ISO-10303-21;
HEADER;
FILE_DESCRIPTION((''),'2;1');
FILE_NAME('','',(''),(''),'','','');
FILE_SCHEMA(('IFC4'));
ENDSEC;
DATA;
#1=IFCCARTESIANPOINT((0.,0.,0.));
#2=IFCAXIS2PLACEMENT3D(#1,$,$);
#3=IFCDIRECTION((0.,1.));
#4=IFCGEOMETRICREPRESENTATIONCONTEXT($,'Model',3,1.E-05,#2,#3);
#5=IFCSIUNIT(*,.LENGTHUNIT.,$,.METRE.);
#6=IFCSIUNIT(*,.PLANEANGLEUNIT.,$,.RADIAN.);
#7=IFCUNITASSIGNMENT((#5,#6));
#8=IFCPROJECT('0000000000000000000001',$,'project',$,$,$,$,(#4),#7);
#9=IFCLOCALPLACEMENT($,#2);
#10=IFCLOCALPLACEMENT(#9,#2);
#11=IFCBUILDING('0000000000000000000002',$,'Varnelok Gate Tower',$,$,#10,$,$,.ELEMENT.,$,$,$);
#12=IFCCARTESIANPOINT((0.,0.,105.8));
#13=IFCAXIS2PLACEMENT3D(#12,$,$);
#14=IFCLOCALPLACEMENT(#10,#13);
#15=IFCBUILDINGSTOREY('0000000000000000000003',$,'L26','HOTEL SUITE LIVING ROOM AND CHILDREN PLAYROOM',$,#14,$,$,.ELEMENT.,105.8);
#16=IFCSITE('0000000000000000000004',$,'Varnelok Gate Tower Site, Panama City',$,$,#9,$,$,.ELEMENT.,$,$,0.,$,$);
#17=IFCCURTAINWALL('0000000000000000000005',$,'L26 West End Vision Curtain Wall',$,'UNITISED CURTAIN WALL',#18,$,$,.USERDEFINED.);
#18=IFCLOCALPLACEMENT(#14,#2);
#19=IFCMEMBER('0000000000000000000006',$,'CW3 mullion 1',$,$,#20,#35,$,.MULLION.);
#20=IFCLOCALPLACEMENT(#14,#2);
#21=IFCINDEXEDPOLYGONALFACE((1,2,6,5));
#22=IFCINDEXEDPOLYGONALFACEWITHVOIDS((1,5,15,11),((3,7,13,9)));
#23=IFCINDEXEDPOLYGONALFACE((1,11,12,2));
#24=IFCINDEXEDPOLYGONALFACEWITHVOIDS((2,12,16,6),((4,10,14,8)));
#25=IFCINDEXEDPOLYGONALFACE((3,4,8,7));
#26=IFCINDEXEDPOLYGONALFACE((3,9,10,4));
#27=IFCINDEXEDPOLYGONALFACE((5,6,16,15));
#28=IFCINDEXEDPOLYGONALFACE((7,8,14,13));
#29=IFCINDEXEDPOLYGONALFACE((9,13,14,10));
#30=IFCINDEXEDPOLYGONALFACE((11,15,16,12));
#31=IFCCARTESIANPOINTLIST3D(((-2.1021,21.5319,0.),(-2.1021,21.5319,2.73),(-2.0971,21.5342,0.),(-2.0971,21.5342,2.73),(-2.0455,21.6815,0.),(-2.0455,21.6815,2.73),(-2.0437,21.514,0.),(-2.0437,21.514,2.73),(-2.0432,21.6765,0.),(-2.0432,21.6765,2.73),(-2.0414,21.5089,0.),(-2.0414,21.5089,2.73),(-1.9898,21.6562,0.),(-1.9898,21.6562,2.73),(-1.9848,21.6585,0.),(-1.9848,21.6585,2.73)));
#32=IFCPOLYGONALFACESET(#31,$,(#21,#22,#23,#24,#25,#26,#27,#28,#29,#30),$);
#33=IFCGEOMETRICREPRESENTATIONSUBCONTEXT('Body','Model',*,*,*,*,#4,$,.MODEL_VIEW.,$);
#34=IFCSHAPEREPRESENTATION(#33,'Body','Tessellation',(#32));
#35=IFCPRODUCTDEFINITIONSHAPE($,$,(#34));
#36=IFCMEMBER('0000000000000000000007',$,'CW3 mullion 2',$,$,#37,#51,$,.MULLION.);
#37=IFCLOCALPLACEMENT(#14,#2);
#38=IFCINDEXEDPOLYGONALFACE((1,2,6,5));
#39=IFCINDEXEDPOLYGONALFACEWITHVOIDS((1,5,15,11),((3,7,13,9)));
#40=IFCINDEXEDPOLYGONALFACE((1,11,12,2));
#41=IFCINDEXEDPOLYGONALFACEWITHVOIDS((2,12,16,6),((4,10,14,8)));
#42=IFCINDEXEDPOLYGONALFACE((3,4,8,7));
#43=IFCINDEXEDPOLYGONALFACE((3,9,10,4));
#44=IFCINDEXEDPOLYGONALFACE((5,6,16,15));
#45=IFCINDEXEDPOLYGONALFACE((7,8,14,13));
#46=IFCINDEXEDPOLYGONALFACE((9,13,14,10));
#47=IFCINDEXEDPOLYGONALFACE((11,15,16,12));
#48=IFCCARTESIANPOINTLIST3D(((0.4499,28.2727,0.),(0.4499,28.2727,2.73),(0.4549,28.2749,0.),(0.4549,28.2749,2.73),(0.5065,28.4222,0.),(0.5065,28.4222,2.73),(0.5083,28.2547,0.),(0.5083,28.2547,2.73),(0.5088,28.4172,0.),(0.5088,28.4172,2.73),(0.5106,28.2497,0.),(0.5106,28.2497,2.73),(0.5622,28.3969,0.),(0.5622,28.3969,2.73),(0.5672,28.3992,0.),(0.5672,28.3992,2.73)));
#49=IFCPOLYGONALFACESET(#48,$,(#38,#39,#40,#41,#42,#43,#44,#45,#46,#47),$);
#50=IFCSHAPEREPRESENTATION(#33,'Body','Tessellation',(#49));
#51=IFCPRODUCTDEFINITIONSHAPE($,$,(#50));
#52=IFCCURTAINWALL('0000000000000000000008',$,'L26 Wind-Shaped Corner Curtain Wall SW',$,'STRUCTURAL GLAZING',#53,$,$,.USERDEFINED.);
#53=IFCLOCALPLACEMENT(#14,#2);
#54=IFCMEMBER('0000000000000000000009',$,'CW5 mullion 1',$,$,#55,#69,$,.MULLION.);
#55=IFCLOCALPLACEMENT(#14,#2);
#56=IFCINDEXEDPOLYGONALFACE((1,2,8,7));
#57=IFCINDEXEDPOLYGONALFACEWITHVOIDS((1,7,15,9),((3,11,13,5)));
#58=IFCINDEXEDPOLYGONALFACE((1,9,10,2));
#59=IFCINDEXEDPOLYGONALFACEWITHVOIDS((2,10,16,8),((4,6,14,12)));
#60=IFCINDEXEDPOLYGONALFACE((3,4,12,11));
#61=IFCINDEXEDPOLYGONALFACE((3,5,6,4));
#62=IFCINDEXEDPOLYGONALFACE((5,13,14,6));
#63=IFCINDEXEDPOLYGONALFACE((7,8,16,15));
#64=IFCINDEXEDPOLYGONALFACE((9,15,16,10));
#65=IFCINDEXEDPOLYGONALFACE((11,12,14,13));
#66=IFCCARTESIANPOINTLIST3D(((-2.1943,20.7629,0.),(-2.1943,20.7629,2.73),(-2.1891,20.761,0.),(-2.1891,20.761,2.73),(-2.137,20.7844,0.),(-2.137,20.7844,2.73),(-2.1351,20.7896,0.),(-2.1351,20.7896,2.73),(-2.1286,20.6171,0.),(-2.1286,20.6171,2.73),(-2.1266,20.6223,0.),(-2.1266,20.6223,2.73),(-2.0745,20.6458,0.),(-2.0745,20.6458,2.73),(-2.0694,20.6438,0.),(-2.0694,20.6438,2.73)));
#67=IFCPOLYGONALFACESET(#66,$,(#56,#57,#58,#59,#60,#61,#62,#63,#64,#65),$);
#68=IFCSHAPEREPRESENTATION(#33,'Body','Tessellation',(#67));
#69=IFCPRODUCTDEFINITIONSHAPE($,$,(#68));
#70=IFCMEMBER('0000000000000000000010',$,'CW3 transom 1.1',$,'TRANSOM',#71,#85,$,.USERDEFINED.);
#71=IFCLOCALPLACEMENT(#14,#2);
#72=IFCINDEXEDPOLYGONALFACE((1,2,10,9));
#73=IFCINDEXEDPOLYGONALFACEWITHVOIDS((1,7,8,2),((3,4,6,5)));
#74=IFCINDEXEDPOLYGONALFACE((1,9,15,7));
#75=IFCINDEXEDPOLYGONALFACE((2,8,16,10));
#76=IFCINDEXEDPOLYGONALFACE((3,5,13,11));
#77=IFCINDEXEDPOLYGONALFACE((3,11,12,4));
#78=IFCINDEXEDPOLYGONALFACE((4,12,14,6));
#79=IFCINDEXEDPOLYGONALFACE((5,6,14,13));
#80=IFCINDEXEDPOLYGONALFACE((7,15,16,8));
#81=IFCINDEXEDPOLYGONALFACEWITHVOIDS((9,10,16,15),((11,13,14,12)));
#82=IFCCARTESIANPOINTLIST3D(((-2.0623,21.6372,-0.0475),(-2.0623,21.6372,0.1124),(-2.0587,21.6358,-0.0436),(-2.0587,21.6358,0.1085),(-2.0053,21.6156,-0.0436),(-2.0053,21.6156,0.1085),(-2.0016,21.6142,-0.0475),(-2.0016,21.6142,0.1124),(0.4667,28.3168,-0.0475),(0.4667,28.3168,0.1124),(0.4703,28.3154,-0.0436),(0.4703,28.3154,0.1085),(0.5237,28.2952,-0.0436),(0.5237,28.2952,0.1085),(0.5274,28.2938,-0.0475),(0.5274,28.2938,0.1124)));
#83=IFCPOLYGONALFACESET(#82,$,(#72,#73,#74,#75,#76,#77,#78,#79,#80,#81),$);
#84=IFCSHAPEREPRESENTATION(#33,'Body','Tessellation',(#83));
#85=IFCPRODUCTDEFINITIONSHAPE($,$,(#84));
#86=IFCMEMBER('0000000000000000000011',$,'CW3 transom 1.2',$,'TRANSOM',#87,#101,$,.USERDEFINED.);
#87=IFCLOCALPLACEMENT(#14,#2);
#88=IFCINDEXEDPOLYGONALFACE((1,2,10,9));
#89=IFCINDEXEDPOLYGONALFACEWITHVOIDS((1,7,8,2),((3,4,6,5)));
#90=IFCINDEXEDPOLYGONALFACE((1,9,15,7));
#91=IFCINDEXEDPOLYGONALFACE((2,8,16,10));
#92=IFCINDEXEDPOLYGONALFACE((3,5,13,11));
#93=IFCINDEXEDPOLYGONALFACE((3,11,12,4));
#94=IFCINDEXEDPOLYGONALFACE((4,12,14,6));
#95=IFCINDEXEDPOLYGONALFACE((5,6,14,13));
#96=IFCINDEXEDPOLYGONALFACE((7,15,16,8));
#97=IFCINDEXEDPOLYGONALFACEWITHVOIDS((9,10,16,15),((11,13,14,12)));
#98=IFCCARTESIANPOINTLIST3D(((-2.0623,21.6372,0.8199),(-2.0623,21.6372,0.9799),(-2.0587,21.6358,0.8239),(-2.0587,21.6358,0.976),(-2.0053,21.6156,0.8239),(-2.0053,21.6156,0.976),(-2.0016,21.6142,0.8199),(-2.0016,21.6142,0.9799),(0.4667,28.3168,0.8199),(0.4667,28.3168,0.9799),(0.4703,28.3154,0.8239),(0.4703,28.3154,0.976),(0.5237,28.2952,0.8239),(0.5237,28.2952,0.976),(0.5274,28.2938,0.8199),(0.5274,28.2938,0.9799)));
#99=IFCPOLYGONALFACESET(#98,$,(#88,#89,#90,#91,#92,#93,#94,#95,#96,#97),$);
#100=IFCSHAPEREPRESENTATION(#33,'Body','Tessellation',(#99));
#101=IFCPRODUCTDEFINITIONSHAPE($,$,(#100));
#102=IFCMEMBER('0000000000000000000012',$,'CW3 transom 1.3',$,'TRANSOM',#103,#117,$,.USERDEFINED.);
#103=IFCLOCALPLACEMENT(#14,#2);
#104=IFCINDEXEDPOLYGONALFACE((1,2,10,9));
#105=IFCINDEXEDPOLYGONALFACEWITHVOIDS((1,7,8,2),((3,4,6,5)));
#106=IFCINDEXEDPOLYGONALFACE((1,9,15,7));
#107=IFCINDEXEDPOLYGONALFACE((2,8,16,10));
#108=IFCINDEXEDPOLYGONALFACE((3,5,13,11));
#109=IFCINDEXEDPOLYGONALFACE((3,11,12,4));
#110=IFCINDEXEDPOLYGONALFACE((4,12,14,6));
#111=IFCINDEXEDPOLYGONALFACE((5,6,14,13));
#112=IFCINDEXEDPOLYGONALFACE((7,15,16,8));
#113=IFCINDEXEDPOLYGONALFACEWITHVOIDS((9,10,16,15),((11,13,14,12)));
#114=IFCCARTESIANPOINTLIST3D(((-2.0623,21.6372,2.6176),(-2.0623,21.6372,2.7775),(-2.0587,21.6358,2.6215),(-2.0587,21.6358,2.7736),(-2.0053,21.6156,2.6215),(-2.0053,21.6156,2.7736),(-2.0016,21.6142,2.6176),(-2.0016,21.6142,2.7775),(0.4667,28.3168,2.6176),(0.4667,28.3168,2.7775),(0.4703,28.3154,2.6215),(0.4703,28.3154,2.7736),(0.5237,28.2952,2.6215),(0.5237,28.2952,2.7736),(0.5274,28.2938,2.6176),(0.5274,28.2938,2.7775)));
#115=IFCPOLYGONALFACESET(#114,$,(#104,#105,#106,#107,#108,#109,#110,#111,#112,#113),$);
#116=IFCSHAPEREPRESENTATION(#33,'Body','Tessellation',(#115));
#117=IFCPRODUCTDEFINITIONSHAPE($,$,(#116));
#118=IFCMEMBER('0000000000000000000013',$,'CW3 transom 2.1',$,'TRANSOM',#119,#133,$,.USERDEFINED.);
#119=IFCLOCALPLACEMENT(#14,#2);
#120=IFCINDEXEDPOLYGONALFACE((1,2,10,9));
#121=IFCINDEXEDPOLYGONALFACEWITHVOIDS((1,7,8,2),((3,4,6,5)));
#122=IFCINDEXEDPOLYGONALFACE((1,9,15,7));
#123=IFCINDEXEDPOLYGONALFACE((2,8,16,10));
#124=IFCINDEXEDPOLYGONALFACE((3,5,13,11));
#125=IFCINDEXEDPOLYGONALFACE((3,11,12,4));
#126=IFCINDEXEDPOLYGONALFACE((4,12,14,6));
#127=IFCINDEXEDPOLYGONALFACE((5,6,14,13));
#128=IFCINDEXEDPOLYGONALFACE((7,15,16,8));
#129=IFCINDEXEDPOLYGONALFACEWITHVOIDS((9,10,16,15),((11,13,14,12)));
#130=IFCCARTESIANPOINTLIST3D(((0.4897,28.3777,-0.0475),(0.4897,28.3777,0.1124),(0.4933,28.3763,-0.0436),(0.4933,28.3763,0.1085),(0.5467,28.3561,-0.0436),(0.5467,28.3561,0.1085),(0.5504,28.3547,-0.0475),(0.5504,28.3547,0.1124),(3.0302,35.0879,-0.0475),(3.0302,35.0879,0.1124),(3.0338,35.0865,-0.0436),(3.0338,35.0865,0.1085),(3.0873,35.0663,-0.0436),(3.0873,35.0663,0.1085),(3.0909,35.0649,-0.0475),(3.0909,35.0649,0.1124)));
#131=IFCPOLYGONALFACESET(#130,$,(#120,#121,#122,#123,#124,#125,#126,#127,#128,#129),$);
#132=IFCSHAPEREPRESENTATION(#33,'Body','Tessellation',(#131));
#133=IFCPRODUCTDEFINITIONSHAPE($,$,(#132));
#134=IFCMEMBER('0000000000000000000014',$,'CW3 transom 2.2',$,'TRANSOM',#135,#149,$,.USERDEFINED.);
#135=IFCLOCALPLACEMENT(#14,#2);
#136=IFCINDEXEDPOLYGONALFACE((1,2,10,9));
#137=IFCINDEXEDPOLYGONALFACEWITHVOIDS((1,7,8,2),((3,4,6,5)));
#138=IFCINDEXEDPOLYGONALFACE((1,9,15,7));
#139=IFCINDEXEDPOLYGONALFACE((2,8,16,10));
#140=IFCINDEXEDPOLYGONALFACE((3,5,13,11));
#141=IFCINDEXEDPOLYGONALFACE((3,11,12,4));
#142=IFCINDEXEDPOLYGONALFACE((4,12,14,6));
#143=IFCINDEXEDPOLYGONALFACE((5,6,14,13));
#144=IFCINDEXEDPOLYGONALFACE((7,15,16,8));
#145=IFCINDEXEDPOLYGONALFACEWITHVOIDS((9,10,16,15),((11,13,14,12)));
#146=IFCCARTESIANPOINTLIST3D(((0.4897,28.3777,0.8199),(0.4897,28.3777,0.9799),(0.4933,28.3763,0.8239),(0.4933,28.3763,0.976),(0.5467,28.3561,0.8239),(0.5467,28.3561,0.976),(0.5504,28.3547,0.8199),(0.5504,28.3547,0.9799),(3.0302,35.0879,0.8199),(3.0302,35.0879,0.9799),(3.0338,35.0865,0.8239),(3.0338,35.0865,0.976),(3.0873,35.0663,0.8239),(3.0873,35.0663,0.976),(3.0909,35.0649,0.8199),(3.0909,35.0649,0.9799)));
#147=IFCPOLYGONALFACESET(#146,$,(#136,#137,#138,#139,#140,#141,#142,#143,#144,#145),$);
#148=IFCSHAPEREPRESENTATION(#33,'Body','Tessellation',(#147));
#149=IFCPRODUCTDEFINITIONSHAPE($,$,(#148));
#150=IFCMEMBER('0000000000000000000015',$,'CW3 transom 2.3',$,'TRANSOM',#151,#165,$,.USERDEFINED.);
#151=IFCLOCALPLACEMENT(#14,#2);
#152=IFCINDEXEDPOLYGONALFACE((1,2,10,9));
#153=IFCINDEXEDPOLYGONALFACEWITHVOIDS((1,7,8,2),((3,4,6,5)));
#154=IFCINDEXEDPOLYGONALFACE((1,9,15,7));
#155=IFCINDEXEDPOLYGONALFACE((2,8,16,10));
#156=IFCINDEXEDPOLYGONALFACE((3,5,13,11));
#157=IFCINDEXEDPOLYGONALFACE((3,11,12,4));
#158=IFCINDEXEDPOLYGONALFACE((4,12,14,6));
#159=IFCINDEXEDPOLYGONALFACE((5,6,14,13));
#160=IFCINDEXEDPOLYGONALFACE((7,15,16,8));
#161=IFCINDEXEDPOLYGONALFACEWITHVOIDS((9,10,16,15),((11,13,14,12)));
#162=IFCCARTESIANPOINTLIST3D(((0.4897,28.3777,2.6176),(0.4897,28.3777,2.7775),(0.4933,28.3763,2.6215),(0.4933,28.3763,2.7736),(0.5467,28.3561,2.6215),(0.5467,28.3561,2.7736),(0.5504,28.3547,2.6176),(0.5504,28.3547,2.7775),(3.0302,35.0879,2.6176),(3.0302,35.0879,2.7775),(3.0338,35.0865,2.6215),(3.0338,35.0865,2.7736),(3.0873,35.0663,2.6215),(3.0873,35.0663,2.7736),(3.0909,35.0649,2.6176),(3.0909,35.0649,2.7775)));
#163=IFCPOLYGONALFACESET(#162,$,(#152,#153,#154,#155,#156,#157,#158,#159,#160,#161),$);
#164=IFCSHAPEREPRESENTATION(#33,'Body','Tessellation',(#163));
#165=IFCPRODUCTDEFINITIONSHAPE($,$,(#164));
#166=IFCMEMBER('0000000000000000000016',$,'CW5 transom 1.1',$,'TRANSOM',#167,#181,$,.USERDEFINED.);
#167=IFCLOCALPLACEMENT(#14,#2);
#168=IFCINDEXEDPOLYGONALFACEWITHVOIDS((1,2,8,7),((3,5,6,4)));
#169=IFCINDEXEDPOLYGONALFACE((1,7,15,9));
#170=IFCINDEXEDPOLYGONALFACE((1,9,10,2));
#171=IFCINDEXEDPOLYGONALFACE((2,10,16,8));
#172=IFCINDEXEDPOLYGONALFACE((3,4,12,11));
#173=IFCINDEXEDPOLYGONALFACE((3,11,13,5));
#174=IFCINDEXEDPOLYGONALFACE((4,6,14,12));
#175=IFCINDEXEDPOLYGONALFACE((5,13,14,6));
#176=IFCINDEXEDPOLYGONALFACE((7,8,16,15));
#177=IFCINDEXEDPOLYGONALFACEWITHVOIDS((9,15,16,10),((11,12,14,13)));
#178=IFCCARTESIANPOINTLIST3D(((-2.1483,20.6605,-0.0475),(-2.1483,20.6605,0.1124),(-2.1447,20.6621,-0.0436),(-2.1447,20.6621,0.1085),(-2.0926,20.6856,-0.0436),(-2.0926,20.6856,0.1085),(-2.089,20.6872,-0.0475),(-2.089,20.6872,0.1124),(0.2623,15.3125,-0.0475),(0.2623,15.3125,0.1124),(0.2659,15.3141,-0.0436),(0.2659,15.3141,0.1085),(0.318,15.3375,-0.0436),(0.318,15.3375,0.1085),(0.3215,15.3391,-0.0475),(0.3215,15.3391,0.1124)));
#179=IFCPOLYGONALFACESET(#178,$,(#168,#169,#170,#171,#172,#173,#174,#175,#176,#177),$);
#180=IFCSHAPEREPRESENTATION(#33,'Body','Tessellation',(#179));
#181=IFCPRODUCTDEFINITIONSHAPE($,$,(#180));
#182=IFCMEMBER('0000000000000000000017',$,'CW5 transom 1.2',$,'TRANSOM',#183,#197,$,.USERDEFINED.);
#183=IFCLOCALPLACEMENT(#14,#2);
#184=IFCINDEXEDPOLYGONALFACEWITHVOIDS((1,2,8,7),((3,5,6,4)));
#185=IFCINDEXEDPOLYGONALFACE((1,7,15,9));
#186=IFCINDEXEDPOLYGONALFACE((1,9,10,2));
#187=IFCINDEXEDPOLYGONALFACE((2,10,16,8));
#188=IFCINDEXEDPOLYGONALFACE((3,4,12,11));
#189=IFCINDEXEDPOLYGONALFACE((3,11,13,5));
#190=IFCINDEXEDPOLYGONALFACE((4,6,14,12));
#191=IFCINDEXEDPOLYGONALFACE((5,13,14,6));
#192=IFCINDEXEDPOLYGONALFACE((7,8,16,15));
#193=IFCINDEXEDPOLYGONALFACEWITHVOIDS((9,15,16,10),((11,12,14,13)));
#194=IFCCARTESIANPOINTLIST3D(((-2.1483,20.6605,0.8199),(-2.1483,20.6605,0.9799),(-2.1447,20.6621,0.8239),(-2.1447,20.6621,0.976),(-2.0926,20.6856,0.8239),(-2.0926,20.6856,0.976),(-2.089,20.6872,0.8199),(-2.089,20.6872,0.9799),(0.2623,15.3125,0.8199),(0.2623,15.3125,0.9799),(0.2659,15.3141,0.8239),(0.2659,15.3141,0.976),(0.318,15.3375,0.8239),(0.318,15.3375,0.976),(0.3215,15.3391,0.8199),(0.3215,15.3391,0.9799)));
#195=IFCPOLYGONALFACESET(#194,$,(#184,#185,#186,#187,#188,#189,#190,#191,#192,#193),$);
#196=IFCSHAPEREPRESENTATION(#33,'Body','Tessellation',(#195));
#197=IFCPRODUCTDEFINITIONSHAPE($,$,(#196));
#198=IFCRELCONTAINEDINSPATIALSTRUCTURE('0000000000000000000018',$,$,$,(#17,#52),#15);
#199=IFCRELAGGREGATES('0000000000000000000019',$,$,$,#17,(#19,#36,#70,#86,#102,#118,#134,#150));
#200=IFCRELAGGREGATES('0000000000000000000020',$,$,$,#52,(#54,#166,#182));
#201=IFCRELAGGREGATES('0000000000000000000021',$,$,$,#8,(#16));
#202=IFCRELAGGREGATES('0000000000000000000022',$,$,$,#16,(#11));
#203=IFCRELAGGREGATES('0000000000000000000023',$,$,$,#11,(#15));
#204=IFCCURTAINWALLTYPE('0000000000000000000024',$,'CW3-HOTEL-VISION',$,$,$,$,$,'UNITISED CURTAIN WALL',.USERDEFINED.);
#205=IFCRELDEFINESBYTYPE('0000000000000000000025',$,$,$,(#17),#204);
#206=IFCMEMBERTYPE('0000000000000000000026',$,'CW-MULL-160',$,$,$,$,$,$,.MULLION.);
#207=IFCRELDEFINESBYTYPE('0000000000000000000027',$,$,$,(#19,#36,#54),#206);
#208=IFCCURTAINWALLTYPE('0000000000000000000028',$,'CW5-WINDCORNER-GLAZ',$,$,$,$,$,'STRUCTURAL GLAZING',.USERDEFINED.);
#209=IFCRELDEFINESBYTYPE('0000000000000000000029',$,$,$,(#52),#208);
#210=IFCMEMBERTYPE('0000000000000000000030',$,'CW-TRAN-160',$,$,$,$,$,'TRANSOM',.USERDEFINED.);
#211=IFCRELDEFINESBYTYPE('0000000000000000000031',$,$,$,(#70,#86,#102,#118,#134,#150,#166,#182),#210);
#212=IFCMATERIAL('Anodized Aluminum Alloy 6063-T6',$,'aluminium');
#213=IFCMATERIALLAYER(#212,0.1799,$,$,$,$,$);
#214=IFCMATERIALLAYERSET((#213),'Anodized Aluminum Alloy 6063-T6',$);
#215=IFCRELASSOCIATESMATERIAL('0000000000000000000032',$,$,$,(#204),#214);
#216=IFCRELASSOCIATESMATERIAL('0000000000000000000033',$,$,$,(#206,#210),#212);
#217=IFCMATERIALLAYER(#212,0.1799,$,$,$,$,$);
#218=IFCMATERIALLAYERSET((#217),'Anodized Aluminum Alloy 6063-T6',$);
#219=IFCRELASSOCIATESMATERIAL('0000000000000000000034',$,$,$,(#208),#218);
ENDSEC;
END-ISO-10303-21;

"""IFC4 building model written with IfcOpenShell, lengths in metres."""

from ifc_helpers import new_model, si_unit, direction, frame, origin, origin_2d, place, context, subcontext, project, spatial, hollow_rectangle, extrude, material, layer, layer_set, material_profile, profile_set, type_object, element, aggregate, save


model = new_model("IFC4")

# Units and contexts
model_context = context("Model", 3, precision=1e-05, world=origin(), true_north=direction((0.0, 1.0)))
body_context = subcontext(model_context, "Body", "Model", "MODEL_VIEW")
ifc_project = project(units=[si_unit("LENGTHUNIT", "METRE"), si_unit("PLANEANGLEUNIT", "RADIAN")], contexts=[model_context])

# Site, building, storey
site_placement = place(None, origin())
site = spatial("IfcSite", under=ifc_project, at=site_placement, Name="Varnelok Gate Tower Site, Panama City", CompositionType="ELEMENT", RefElevation=0.0)
building_placement = place(site_placement, origin())
building = spatial("IfcBuilding", under=site, at=building_placement, Name="Varnelok Gate Tower", CompositionType="ELEMENT")
storey_placement = place(building_placement, frame((0.0, 0.0, 105.8)))
storey = spatial("IfcBuildingStorey", under=building, at=storey_placement, Name="L26", Description="HOTEL SUITE LIVING ROOM AND CHILDREN PLAYROOM", CompositionType="ELEMENT", Elevation=105.8)

# Curtain wall, members
ifc_material_1 = material(Name="Anodized Aluminum Alloy 6063-T6", Category="aluminium")
ifc_layer_1 = layer(ifc_material_1, 0.1799)
ifc_layer_set_1 = layer_set([ifc_layer_1], Name="Anodized Aluminum Alloy 6063-T6")
curtain_wall_type_1 = type_object("IfcCurtainWallType", Name="CW3-HOTEL-VISION", ElementType="UNITISED CURTAIN WALL", PredefinedType="USERDEFINED", material=ifc_layer_set_1)
curtain_wall_1_placement = place(storey_placement, origin())
curtain_wall_1 = element("IfcCurtainWall", 1, at=curtain_wall_1_placement, inside=storey, type_object=curtain_wall_type_1, Name="L26 West End Vision Curtain Wall", ObjectType="UNITISED CURTAIN WALL", PredefinedType="USERDEFINED")
ifc_material_profile_1 = material_profile(ifc_material_1, hollow_rectangle(XDim=0.0649, YDim=0.1599, WallThickness=0.0039, at=origin_2d()), Name="ALU160X65X4")
ifc_profile_set_1 = profile_set([ifc_material_profile_1], Name="Anodized Aluminum Alloy 6063-T6")
member_type_1 = type_object("IfcMemberType", Name="CW-MULL-160", PredefinedType="MULLION", material=ifc_profile_set_1)
member_1_placement = place(storey_placement, frame((-2.0435, 21.5952, 0.0), z_axis=(0.0, 0.0, 1.0), x_axis=(-0.935221, 0.354064, 0.0)))
member_1 = element("IfcMember", 2, at=member_1_placement, type_object=member_type_1, Name="CW3 mullion 1", PredefinedType="MULLION", context=body_context, shape_type="SweptSolid", body=[
    extrude(hollow_rectangle(XDim=0.0649, YDim=0.1599, WallThickness=0.0039, at=origin_2d()), origin(), (0.0, 0.0, 1.0), 2.73),
])
member_2_placement = place(storey_placement, frame((0.5085, 28.3359, 0.0), z_axis=(0.0, 0.0, 1.0), x_axis=(-0.935221, 0.354064, 0.0)))
member_2 = element("IfcMember", 3, at=member_2_placement, type_object=member_type_1, Name="CW3 mullion 2", PredefinedType="MULLION", context=body_context, shape_type="SweptSolid", body=[
    extrude(hollow_rectangle(XDim=0.0649, YDim=0.1599, WallThickness=0.0039, at=origin_2d()), origin(), (0.0, 0.0, 1.0), 2.73),
])

# Curtain wall, member
ifc_layer_2 = layer(ifc_material_1, 0.1799)
ifc_layer_set_2 = layer_set([ifc_layer_2], Name="Anodized Aluminum Alloy 6063-T6")
curtain_wall_type_2 = type_object("IfcCurtainWallType", Name="CW5-WINDCORNER-GLAZ", ElementType="STRUCTURAL GLAZING", PredefinedType="USERDEFINED", material=ifc_layer_set_2)
curtain_wall_2_placement = place(storey_placement, origin())
curtain_wall_2 = element("IfcCurtainWall", 4, at=curtain_wall_2_placement, inside=storey, type_object=curtain_wall_type_2, Name="L26 Wind-Shaped Corner Curtain Wall SW", ObjectType="STRUCTURAL GLAZING", PredefinedType="USERDEFINED")
member_3_placement = place(storey_placement, frame((-2.1318, 20.7034, 0.0), z_axis=(0.0, 0.0, 1.0), x_axis=(0.911664, 0.410937, 0.0)))
member_3 = element("IfcMember", 5, at=member_3_placement, type_object=member_type_1, Name="CW5 mullion 1", PredefinedType="MULLION", context=body_context, shape_type="SweptSolid", body=[
    extrude(hollow_rectangle(XDim=0.0649, YDim=0.1599, WallThickness=0.0039, at=origin_2d()), origin(), (0.0, 0.0, 1.0), 2.73),
])

# Members
ifc_material_profile_2 = material_profile(ifc_material_1, hollow_rectangle(XDim=0.0649, YDim=0.1599, WallThickness=0.0039, at=origin_2d()), Name="ALU160X65X4")
ifc_profile_set_2 = profile_set([ifc_material_profile_2], Name="Anodized Aluminum Alloy 6063-T6")
member_type_2 = type_object("IfcMemberType", Name="CW-TRAN-160", ElementType="TRANSOM", PredefinedType="USERDEFINED", material=ifc_profile_set_2)
member_4_placement = place(storey_placement, frame((-2.032, 21.6257, 0.0325), z_axis=(0.354088, 0.935212, 0.0), x_axis=(-0.935212, 0.354088, 0.0)))
member_4 = element("IfcMember", 6, at=member_4_placement, type_object=member_type_2, Name="CW3 transom 1.1", ObjectType="TRANSOM", PredefinedType="USERDEFINED", context=body_context, shape_type="SweptSolid", body=[
    extrude(hollow_rectangle(XDim=0.0649, YDim=0.1599, WallThickness=0.0039, at=origin_2d()), origin(), (0.0, 0.0, 1.0), 7.1423),
])
member_5_placement = place(storey_placement, frame((-2.032, 21.6257, 0.8999), z_axis=(0.354088, 0.935212, 0.0), x_axis=(-0.935212, 0.354088, 0.0)))
member_5 = element("IfcMember", 7, at=member_5_placement, type_object=member_type_2, Name="CW3 transom 1.2", ObjectType="TRANSOM", PredefinedType="USERDEFINED", context=body_context, shape_type="SweptSolid", body=[
    extrude(hollow_rectangle(XDim=0.0649, YDim=0.1599, WallThickness=0.0039, at=origin_2d()), origin(), (0.0, 0.0, 1.0), 7.1423),
])
member_6_placement = place(storey_placement, frame((-2.032, 21.6257, 2.6975), z_axis=(0.354088, 0.935212, 0.0), x_axis=(-0.935212, 0.354088, 0.0)))
member_6 = element("IfcMember", 8, at=member_6_placement, type_object=member_type_2, Name="CW3 transom 1.3", ObjectType="TRANSOM", PredefinedType="USERDEFINED", context=body_context, shape_type="SweptSolid", body=[
    extrude(hollow_rectangle(XDim=0.0649, YDim=0.1599, WallThickness=0.0039, at=origin_2d()), origin(), (0.0, 0.0, 1.0), 7.1423),
])
member_7_placement = place(storey_placement, frame((0.52, 28.3662, 0.0325), z_axis=(0.354079, 0.935216, 0.0), x_axis=(-0.935216, 0.354079, 0.0)))
member_7 = element("IfcMember", 9, at=member_7_placement, type_object=member_type_2, Name="CW3 transom 2.1", ObjectType="TRANSOM", PredefinedType="USERDEFINED", context=body_context, shape_type="SweptSolid", body=[
    extrude(hollow_rectangle(XDim=0.0649, YDim=0.1599, WallThickness=0.0039, at=origin_2d()), origin(), (0.0, 0.0, 1.0), 7.175),
])
member_8_placement = place(storey_placement, frame((0.52, 28.3662, 0.8999), z_axis=(0.354079, 0.935216, 0.0), x_axis=(-0.935216, 0.354079, 0.0)))
member_8 = element("IfcMember", 10, at=member_8_placement, type_object=member_type_2, Name="CW3 transom 2.2", ObjectType="TRANSOM", PredefinedType="USERDEFINED", context=body_context, shape_type="SweptSolid", body=[
    extrude(hollow_rectangle(XDim=0.0649, YDim=0.1599, WallThickness=0.0039, at=origin_2d()), origin(), (0.0, 0.0, 1.0), 7.175),
])
member_9_placement = place(storey_placement, frame((0.52, 28.3662, 2.6975), z_axis=(0.354079, 0.935216, 0.0), x_axis=(-0.935216, 0.354079, 0.0)))
member_9 = element("IfcMember", 11, at=member_9_placement, type_object=member_type_2, Name="CW3 transom 2.3", ObjectType="TRANSOM", PredefinedType="USERDEFINED", context=body_context, shape_type="SweptSolid", body=[
    extrude(hollow_rectangle(XDim=0.0649, YDim=0.1599, WallThickness=0.0039, at=origin_2d()), origin(), (0.0, 0.0, 1.0), 7.175),
])
member_10_placement = place(storey_placement, frame((-2.1187, 20.6738, 0.0325), z_axis=(0.410929, -0.911667, 0.0), x_axis=(0.911667, 0.410929, 0.0)))
member_10 = element("IfcMember", 12, at=member_10_placement, type_object=member_type_2, Name="CW5 transom 1.1", ObjectType="TRANSOM", PredefinedType="USERDEFINED", context=body_context, shape_type="SweptSolid", body=[
    extrude(hollow_rectangle(XDim=0.0649, YDim=0.1599, WallThickness=0.0039, at=origin_2d()), origin(), (0.0, 0.0, 1.0), 5.8662),
])
member_11_placement = place(storey_placement, frame((-2.1187, 20.6738, 0.8999), z_axis=(0.410929, -0.911667, 0.0), x_axis=(0.911667, 0.410929, 0.0)))
member_11 = element("IfcMember", 13, at=member_11_placement, type_object=member_type_2, Name="CW5 transom 1.2", ObjectType="TRANSOM", PredefinedType="USERDEFINED", context=body_context, shape_type="SweptSolid", body=[
    extrude(hollow_rectangle(XDim=0.0649, YDim=0.1599, WallThickness=0.0039, at=origin_2d()), origin(), (0.0, 0.0, 1.0), 5.8662),
])

aggregate(curtain_wall_1, [member_1, member_2, member_4, member_5, member_6, member_7, member_8, member_9])
aggregate(curtain_wall_2, [member_3, member_10, member_11])

save(model, "model.ifc")
